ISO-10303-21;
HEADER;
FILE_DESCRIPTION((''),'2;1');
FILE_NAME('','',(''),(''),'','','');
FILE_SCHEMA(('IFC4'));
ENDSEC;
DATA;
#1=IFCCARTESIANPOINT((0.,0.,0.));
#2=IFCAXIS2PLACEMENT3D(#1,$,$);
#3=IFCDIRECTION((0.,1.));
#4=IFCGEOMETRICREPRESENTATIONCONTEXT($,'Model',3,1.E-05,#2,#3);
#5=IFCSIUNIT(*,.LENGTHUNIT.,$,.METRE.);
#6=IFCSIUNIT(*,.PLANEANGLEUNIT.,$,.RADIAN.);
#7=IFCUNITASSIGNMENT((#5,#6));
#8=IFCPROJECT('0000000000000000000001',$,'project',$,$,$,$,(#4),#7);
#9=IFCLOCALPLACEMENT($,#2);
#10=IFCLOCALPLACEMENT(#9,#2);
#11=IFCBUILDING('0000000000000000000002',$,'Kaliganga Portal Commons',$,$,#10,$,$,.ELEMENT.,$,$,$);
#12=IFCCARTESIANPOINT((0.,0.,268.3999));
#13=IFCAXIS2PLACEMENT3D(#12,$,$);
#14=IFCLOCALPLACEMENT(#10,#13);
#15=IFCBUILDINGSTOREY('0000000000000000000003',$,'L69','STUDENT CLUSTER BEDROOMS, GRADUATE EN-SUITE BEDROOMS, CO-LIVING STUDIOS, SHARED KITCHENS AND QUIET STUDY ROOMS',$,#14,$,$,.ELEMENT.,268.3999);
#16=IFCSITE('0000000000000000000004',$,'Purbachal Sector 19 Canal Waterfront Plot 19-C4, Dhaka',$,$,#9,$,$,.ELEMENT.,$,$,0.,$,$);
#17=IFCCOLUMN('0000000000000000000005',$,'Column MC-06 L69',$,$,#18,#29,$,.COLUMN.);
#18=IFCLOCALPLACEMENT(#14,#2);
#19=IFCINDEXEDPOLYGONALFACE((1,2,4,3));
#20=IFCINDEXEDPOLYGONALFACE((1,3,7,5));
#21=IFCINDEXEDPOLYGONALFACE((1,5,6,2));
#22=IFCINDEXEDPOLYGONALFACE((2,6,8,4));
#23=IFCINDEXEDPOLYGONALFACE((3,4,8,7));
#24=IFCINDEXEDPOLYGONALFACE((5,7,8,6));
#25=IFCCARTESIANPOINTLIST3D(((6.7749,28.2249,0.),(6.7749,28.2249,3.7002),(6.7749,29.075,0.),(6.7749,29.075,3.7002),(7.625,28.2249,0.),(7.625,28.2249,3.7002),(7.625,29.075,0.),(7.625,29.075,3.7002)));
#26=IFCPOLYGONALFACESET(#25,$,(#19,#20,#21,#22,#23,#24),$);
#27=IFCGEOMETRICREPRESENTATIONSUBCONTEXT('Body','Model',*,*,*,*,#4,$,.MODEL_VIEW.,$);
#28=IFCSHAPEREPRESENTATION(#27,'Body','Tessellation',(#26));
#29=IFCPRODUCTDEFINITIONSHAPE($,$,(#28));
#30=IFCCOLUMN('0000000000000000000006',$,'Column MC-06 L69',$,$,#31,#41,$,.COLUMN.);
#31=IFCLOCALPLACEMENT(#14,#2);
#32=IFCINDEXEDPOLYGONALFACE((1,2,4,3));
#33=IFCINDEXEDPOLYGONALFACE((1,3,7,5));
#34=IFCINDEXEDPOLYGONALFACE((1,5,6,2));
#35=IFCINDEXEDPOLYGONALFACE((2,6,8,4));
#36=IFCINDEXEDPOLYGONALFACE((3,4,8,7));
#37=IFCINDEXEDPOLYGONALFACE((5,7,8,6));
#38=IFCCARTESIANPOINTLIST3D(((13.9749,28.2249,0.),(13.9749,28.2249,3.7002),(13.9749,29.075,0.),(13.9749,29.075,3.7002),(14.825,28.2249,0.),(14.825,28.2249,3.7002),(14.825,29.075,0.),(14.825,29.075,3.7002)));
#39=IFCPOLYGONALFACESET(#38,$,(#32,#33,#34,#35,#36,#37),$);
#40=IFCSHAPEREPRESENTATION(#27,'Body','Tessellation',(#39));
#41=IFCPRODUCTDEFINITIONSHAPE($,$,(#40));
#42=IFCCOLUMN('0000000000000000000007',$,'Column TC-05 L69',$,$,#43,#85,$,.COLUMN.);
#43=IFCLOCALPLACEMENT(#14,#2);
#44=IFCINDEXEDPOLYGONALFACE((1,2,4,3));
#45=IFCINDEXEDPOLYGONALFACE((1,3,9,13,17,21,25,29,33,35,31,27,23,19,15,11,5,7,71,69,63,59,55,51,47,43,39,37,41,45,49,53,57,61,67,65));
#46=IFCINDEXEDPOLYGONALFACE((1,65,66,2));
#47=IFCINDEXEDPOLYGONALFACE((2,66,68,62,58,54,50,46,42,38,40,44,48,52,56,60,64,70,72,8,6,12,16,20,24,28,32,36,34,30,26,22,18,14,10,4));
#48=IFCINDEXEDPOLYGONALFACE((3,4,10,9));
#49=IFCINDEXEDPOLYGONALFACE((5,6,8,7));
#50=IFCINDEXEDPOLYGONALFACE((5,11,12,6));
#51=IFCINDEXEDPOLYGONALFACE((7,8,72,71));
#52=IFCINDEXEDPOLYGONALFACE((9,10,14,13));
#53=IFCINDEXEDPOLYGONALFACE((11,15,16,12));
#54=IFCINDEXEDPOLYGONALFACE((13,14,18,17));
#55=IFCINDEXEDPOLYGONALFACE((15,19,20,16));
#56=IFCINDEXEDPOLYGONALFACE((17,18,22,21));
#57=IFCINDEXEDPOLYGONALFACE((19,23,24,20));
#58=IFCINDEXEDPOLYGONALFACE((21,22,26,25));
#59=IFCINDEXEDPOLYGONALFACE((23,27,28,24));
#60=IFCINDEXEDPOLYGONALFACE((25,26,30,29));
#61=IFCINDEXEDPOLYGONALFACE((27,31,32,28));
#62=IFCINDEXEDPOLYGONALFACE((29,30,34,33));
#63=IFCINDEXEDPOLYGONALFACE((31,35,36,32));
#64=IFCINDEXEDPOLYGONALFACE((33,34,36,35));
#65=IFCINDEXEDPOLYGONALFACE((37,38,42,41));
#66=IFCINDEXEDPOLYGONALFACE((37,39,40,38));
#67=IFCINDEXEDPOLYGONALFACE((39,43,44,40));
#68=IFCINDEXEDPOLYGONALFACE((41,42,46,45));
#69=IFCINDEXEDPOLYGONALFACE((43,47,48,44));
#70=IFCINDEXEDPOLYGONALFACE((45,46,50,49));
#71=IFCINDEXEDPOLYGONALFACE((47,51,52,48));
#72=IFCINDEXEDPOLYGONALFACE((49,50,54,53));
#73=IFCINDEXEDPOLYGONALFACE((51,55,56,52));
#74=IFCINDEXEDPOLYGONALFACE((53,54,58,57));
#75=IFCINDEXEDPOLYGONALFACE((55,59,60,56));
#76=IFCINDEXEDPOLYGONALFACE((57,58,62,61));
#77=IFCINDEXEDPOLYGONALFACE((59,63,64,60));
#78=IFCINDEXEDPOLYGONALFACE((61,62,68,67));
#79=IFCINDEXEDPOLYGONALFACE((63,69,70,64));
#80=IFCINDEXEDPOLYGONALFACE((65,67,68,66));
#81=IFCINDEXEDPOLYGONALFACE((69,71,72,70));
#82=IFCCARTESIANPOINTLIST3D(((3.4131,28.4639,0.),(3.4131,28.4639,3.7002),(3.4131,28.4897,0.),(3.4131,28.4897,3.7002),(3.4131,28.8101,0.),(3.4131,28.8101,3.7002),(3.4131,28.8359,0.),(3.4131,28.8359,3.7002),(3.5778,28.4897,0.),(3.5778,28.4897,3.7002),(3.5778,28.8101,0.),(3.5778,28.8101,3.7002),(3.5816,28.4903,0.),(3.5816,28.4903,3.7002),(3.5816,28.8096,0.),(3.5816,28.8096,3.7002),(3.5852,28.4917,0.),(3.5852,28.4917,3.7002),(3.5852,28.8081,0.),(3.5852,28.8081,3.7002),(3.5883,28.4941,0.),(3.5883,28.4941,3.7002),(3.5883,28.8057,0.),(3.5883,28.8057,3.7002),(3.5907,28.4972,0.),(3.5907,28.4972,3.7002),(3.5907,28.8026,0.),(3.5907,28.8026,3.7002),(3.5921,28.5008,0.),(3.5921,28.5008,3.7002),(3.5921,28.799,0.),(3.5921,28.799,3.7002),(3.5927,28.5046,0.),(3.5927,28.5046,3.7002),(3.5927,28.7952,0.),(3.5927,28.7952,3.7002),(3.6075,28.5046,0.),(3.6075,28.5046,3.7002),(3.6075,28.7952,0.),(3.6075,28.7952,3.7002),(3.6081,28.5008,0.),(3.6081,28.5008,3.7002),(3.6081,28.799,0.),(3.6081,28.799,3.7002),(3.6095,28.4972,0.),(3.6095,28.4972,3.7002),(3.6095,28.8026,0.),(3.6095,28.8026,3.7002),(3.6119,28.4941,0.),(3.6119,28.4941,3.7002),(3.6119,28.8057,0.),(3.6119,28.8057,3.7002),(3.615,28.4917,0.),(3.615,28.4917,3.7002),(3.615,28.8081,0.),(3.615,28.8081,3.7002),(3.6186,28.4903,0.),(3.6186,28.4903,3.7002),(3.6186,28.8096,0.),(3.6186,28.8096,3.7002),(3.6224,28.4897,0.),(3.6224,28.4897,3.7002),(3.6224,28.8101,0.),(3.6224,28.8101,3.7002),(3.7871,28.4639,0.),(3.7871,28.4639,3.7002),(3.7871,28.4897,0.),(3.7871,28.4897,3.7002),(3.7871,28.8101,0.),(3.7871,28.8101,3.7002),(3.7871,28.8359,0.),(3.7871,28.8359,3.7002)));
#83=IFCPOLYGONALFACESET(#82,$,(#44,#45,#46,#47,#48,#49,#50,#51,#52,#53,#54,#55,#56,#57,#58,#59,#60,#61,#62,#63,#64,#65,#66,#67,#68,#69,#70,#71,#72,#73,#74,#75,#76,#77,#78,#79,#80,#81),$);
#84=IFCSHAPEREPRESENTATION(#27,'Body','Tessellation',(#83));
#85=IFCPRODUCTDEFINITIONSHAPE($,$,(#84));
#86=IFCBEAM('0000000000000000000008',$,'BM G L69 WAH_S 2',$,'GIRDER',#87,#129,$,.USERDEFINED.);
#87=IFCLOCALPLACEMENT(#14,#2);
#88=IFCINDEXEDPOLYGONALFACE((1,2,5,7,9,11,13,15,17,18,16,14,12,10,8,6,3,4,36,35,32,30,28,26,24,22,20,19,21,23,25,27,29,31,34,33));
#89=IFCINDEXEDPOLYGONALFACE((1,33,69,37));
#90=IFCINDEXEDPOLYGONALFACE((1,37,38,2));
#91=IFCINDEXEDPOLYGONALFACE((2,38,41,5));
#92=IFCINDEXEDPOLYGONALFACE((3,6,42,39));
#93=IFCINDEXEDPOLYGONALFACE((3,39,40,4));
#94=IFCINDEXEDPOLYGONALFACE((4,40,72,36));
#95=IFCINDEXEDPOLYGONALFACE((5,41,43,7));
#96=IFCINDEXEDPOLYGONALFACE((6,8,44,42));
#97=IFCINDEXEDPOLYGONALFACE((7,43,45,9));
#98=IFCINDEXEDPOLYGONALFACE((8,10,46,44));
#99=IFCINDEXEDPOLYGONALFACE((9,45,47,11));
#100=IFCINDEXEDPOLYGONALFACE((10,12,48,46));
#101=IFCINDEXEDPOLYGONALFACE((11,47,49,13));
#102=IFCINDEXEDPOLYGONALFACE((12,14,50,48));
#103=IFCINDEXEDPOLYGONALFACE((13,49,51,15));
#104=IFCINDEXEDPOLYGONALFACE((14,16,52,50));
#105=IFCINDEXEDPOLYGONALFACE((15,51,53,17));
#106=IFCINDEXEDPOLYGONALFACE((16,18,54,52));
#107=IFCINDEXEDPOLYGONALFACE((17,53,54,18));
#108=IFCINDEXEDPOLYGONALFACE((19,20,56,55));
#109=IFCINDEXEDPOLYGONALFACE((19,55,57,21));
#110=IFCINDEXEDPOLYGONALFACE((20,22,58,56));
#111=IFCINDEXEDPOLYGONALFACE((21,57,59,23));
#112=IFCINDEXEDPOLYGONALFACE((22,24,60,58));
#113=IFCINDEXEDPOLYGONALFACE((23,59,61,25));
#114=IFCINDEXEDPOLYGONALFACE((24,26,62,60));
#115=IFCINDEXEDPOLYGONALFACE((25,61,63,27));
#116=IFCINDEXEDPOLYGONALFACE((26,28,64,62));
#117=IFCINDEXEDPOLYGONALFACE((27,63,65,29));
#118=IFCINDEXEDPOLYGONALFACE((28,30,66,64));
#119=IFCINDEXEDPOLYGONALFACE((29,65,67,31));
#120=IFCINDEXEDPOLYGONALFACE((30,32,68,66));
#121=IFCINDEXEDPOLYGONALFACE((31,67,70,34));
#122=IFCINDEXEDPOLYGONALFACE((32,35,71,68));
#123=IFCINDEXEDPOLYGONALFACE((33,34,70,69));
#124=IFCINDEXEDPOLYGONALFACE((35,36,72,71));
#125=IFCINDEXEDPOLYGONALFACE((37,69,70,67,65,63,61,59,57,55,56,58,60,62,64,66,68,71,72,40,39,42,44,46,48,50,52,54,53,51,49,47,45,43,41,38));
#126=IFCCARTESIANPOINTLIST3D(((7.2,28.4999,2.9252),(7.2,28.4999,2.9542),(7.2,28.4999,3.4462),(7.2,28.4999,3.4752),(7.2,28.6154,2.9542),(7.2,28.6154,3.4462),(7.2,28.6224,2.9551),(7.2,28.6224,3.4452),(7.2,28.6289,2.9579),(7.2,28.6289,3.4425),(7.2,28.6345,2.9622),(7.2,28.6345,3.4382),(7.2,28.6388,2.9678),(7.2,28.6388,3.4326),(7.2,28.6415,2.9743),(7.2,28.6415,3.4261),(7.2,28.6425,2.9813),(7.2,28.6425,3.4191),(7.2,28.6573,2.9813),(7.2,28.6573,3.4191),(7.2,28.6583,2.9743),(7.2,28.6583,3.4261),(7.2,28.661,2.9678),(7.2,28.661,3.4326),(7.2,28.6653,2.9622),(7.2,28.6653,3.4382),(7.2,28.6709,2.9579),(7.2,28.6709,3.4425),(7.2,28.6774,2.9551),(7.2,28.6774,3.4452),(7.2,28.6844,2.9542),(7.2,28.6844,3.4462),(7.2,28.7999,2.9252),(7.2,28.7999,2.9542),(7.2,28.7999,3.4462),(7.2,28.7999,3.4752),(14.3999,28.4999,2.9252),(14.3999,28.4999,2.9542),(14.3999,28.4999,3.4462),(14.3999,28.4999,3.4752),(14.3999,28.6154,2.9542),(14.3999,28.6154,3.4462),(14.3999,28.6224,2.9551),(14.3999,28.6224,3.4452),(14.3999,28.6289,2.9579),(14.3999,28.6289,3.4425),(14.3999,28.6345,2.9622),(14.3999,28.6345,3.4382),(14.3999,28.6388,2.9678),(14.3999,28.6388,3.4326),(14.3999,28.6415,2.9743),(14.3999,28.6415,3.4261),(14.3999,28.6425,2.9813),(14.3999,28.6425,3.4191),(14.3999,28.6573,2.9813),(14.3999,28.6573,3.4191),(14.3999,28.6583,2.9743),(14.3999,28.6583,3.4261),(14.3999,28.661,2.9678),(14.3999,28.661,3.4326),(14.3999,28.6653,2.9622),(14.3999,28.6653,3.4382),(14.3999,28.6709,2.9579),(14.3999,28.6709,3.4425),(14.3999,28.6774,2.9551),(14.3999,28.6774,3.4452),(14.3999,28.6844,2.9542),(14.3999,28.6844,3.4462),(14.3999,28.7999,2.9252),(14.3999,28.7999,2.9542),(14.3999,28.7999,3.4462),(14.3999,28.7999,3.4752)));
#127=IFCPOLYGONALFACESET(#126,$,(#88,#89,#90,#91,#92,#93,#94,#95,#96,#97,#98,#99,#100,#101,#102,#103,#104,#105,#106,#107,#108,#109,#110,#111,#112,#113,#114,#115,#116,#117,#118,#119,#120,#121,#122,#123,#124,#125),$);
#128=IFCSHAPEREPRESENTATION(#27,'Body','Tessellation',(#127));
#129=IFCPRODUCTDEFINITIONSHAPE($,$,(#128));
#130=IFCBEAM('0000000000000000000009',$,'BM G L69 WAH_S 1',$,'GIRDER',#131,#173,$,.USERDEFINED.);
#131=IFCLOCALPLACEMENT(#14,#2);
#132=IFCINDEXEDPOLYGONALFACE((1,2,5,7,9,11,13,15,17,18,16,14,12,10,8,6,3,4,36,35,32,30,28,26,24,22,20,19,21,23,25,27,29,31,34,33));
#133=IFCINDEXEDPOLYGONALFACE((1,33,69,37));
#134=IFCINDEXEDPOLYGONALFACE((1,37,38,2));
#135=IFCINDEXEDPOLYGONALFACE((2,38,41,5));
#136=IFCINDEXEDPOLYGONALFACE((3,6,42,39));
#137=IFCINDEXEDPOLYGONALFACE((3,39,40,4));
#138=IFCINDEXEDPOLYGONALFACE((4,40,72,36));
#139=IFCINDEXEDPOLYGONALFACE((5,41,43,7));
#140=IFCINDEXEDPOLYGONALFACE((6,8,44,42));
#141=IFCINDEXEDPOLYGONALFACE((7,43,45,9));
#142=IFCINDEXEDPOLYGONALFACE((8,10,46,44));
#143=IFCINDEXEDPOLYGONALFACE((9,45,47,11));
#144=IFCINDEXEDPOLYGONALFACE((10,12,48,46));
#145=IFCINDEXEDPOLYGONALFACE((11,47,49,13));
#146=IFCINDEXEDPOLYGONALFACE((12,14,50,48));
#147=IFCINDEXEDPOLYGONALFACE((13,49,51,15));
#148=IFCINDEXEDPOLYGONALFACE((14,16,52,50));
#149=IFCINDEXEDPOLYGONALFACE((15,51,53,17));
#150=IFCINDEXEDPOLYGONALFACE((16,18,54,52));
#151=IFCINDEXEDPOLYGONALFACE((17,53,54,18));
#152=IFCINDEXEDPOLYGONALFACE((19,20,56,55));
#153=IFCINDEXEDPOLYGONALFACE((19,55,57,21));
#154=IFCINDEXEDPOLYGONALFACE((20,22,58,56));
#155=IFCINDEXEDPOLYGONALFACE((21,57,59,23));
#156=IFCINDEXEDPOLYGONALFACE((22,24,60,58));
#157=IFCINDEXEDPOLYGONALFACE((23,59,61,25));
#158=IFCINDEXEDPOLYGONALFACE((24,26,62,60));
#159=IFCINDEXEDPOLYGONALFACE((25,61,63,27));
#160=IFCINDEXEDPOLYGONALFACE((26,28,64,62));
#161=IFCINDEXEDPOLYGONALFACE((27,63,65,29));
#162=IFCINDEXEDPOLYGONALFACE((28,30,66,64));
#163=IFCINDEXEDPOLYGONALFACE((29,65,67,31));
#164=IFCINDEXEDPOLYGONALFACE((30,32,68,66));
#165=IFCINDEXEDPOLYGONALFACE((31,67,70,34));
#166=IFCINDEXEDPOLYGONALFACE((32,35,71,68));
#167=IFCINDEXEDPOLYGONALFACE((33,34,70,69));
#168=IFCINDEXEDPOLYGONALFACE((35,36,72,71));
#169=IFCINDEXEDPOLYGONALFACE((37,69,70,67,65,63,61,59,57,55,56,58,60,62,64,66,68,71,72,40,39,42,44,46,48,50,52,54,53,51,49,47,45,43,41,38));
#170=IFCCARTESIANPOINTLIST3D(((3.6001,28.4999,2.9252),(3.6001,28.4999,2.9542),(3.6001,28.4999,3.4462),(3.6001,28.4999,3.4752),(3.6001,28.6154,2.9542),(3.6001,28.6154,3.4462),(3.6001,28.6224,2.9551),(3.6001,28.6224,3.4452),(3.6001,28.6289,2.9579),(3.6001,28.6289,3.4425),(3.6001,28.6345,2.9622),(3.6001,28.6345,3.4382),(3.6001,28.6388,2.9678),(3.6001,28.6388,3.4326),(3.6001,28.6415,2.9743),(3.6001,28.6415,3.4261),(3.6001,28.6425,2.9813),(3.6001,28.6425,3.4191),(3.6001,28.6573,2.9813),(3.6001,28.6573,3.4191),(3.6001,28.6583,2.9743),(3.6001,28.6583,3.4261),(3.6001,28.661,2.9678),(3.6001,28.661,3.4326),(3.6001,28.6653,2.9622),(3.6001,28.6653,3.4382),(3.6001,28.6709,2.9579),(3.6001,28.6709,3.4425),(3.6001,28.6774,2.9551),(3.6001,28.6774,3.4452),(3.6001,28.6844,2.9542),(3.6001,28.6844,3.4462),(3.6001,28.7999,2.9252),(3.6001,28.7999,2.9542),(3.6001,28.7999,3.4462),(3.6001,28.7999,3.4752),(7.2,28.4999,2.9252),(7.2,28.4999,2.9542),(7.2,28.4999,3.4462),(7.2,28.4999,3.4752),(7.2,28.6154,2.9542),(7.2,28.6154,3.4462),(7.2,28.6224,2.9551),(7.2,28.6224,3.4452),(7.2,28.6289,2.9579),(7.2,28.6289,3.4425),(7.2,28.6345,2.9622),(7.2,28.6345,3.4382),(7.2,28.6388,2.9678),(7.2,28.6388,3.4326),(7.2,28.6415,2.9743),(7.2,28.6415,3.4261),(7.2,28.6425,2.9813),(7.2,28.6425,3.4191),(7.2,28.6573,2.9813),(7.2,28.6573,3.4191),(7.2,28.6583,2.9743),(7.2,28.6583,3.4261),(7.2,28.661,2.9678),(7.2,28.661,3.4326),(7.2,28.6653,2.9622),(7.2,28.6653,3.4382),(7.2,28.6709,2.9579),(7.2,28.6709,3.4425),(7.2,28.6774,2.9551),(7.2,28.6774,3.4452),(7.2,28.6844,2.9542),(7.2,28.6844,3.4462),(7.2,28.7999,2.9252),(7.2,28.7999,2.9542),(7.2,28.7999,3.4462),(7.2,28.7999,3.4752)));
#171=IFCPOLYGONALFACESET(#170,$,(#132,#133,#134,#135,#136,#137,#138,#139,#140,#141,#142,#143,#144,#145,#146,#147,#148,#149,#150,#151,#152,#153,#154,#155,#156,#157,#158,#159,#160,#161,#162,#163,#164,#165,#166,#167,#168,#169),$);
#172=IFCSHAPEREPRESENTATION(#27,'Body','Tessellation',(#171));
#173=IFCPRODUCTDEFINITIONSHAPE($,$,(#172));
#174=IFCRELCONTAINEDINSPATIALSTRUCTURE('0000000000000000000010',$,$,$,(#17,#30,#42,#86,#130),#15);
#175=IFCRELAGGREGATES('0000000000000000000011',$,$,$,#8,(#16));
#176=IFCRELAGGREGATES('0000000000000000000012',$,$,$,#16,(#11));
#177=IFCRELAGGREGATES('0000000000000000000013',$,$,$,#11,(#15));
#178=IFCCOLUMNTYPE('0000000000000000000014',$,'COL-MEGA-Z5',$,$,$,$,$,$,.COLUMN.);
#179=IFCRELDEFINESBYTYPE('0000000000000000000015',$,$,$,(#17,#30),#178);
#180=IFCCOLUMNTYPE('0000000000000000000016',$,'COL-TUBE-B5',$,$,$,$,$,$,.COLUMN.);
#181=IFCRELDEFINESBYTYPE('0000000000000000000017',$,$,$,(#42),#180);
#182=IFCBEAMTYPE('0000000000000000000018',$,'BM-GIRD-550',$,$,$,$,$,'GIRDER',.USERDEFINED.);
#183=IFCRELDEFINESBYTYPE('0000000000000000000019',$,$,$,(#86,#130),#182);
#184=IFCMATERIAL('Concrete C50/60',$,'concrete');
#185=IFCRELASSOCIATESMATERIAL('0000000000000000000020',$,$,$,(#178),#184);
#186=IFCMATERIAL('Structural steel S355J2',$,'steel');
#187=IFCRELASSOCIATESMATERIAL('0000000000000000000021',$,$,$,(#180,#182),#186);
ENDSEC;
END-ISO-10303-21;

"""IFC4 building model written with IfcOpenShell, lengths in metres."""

from ifc_helpers import new_model, si_unit, direction, frame, origin, origin_2d, place, context, subcontext, project, spatial, rectangle, i_section, extrude, source, transform, mapped, material, material_profile, profile_set, type_object, element, save


model = new_model("IFC4")

# Units and contexts
model_context = context("Model", 3, precision=1e-05, world=origin(), true_north=direction((0.0, 1.0)))
body_context = subcontext(model_context, "Body", "Model", "MODEL_VIEW")
ifc_project = project(units=[si_unit("LENGTHUNIT", "METRE"), si_unit("PLANEANGLEUNIT", "RADIAN")], contexts=[model_context])

# Site, building, storey
site_placement = place(None, origin())
site = spatial("IfcSite", under=ifc_project, at=site_placement, Name="Purbachal Sector 19 Canal Waterfront Plot 19-C4, Dhaka", CompositionType="ELEMENT", RefElevation=0.0)
building_placement = place(site_placement, origin())
building = spatial("IfcBuilding", under=site, at=building_placement, Name="Kaliganga Portal Commons", CompositionType="ELEMENT")
storey_placement = place(building_placement, frame((0.0, 0.0, 268.3999)))
storey = spatial("IfcBuildingStorey", under=building, at=storey_placement, Name="L69", Description="STUDENT CLUSTER BEDROOMS, GRADUATE EN-SUITE BEDROOMS, CO-LIVING STUDIOS, SHARED KITCHENS AND QUIET STUDY ROOMS", CompositionType="ELEMENT", Elevation=268.3999)

# Columns
ifc_material_1 = material(Name="Concrete C50/60", Category="concrete")
ifc_material_profile_1 = material_profile(ifc_material_1, rectangle(XDim=0.8501, YDim=0.8501, at=origin_2d()), Name="RC 850x850")
ifc_profile_set_1 = profile_set([ifc_material_profile_1], Name="Concrete C50/60")
column_type_1 = type_object("IfcColumnType", Name="COL-MEGA-Z5", PredefinedType="COLUMN", material=ifc_profile_set_1)
shared_shape_1 = source(origin(), body_context, "Body", "SweptSolid", [
    extrude(rectangle(XDim=0.8501, YDim=0.8501, at=origin_2d()), origin(), (0.0, 0.0, 1.0), 3.7002),
])
for number, where, z_axis, x_axis, name in (
    (1, (7.2, 28.6499, 0.0), (0.0, 0.0, 1.0), (1.0, 0.0, 0.0), "Column MC-06 L69"),
    (2, (14.3999, 28.6499, 0.0), (0.0, 0.0, 1.0), (1.0, 0.0, 0.0), "Column MC-06 L69"),
):
    element("IfcColumn", number, at=place(storey_placement, frame(where, z_axis=z_axis, x_axis=x_axis)), inside=storey, type_object=column_type_1, Name=name, PredefinedType="COLUMN", context=body_context, shape_type="MappedRepresentation", body=[
        mapped(shared_shape_1, transform((0.0, 0.0, 0.0), x_axis=(1.0, 0.0, 0.0), y_axis=(0.0, 1.0, 0.0), z_axis=(0.0, 0.0, 1.0), scale=1.0)),
    ])
ifc_material_2 = material(Name="Structural steel S355J2", Category="steel")
ifc_material_profile_2 = material_profile(ifc_material_2, i_section(OverallWidth=0.374, OverallDepth=0.3721, WebThickness=0.0149, FlangeThickness=0.0259, FilletRadius=0.0149, at=origin_2d()), Name="HD 360x196")
ifc_profile_set_2 = profile_set([ifc_material_profile_2], Name="Structural steel S355J2 wide-flange")
column_type_2 = type_object("IfcColumnType", Name="COL-TUBE-B5", PredefinedType="COLUMN", material=ifc_profile_set_2)
shared_shape_2 = source(origin(), body_context, "Body", "SweptSolid", [
    extrude(i_section(OverallWidth=0.374, OverallDepth=0.3721, WebThickness=0.0149, FlangeThickness=0.0259, FilletRadius=0.0149, at=origin_2d()), origin(), (0.0, 0.0, 1.0), 3.7002),
])
column_placement = place(storey_placement, frame((3.6001, 28.6499, 0.0), z_axis=(0.0, 0.0, 1.0), x_axis=(1.0, 0.0, 0.0)))
element("IfcColumn", 3, at=column_placement, inside=storey, type_object=column_type_2, Name="Column TC-05 L69", PredefinedType="COLUMN", context=body_context, shape_type="MappedRepresentation", body=[
    mapped(shared_shape_2, transform((0.0, 0.0, 0.0), x_axis=(1.0, 0.0, 0.0), y_axis=(0.0, 1.0, 0.0), z_axis=(0.0, 0.0, 1.0), scale=1.0)),
])

# Beams
ifc_material_profile_3 = material_profile(ifc_material_2, i_section(OverallWidth=0.3, OverallDepth=0.55, WebThickness=0.0149, FlangeThickness=0.0291, FilletRadius=0.0271, at=origin_2d()), Name="HE 550 B")
ifc_profile_set_3 = profile_set([ifc_material_profile_3], Name="Structural steel S355J2 wide-flange")
beam_type_1 = type_object("IfcBeamType", Name="BM-GIRD-550", ElementType="GIRDER", PredefinedType="USERDEFINED", material=ifc_profile_set_3)
shared_shape_3 = source(origin(), body_context, "Body", "SweptSolid", [
    extrude(i_section(OverallWidth=0.3, OverallDepth=0.55, WebThickness=0.0149, FlangeThickness=0.0291, FilletRadius=0.0271, at=origin_2d()), origin(), (0.0, 0.0, 1.0), 7.2),
])
beam_1_placement = place(storey_placement, frame((7.2, 28.6499, 3.2002), z_axis=(1.0, 0.0, 0.0), x_axis=(0.0, 1.0, 0.0)))
element("IfcBeam", 4, at=beam_1_placement, inside=storey, type_object=beam_type_1, Name="BM G L69 WAH_S 2", ObjectType="GIRDER", PredefinedType="USERDEFINED", context=body_context, shape_type="MappedRepresentation", body=[
    mapped(shared_shape_3, transform((0.0, 0.0, 0.0), x_axis=(1.0, 0.0, 0.0), y_axis=(0.0, 1.0, 0.0), z_axis=(0.0, 0.0, 1.0), scale=1.0)),
])
shared_shape_4 = source(origin(), body_context, "Body", "SweptSolid", [
    extrude(i_section(OverallWidth=0.3, OverallDepth=0.55, WebThickness=0.0149, FlangeThickness=0.0291, FilletRadius=0.0271, at=origin_2d()), origin(), (0.0, 0.0, 1.0), 3.5999),
])
beam_2_placement = place(storey_placement, frame((3.6001, 28.6499, 3.2002), z_axis=(1.0, 0.0, 0.0), x_axis=(0.0, 1.0, 0.0)))
element("IfcBeam", 5, at=beam_2_placement, inside=storey, type_object=beam_type_1, Name="BM G L69 WAH_S 1", ObjectType="GIRDER", PredefinedType="USERDEFINED", context=body_context, shape_type="MappedRepresentation", body=[
    mapped(shared_shape_4, transform((0.0, 0.0, 0.0), x_axis=(1.0, 0.0, 0.0), y_axis=(0.0, 1.0, 0.0), z_axis=(0.0, 0.0, 1.0), scale=1.0)),
])

save(model, "model.ifc")
